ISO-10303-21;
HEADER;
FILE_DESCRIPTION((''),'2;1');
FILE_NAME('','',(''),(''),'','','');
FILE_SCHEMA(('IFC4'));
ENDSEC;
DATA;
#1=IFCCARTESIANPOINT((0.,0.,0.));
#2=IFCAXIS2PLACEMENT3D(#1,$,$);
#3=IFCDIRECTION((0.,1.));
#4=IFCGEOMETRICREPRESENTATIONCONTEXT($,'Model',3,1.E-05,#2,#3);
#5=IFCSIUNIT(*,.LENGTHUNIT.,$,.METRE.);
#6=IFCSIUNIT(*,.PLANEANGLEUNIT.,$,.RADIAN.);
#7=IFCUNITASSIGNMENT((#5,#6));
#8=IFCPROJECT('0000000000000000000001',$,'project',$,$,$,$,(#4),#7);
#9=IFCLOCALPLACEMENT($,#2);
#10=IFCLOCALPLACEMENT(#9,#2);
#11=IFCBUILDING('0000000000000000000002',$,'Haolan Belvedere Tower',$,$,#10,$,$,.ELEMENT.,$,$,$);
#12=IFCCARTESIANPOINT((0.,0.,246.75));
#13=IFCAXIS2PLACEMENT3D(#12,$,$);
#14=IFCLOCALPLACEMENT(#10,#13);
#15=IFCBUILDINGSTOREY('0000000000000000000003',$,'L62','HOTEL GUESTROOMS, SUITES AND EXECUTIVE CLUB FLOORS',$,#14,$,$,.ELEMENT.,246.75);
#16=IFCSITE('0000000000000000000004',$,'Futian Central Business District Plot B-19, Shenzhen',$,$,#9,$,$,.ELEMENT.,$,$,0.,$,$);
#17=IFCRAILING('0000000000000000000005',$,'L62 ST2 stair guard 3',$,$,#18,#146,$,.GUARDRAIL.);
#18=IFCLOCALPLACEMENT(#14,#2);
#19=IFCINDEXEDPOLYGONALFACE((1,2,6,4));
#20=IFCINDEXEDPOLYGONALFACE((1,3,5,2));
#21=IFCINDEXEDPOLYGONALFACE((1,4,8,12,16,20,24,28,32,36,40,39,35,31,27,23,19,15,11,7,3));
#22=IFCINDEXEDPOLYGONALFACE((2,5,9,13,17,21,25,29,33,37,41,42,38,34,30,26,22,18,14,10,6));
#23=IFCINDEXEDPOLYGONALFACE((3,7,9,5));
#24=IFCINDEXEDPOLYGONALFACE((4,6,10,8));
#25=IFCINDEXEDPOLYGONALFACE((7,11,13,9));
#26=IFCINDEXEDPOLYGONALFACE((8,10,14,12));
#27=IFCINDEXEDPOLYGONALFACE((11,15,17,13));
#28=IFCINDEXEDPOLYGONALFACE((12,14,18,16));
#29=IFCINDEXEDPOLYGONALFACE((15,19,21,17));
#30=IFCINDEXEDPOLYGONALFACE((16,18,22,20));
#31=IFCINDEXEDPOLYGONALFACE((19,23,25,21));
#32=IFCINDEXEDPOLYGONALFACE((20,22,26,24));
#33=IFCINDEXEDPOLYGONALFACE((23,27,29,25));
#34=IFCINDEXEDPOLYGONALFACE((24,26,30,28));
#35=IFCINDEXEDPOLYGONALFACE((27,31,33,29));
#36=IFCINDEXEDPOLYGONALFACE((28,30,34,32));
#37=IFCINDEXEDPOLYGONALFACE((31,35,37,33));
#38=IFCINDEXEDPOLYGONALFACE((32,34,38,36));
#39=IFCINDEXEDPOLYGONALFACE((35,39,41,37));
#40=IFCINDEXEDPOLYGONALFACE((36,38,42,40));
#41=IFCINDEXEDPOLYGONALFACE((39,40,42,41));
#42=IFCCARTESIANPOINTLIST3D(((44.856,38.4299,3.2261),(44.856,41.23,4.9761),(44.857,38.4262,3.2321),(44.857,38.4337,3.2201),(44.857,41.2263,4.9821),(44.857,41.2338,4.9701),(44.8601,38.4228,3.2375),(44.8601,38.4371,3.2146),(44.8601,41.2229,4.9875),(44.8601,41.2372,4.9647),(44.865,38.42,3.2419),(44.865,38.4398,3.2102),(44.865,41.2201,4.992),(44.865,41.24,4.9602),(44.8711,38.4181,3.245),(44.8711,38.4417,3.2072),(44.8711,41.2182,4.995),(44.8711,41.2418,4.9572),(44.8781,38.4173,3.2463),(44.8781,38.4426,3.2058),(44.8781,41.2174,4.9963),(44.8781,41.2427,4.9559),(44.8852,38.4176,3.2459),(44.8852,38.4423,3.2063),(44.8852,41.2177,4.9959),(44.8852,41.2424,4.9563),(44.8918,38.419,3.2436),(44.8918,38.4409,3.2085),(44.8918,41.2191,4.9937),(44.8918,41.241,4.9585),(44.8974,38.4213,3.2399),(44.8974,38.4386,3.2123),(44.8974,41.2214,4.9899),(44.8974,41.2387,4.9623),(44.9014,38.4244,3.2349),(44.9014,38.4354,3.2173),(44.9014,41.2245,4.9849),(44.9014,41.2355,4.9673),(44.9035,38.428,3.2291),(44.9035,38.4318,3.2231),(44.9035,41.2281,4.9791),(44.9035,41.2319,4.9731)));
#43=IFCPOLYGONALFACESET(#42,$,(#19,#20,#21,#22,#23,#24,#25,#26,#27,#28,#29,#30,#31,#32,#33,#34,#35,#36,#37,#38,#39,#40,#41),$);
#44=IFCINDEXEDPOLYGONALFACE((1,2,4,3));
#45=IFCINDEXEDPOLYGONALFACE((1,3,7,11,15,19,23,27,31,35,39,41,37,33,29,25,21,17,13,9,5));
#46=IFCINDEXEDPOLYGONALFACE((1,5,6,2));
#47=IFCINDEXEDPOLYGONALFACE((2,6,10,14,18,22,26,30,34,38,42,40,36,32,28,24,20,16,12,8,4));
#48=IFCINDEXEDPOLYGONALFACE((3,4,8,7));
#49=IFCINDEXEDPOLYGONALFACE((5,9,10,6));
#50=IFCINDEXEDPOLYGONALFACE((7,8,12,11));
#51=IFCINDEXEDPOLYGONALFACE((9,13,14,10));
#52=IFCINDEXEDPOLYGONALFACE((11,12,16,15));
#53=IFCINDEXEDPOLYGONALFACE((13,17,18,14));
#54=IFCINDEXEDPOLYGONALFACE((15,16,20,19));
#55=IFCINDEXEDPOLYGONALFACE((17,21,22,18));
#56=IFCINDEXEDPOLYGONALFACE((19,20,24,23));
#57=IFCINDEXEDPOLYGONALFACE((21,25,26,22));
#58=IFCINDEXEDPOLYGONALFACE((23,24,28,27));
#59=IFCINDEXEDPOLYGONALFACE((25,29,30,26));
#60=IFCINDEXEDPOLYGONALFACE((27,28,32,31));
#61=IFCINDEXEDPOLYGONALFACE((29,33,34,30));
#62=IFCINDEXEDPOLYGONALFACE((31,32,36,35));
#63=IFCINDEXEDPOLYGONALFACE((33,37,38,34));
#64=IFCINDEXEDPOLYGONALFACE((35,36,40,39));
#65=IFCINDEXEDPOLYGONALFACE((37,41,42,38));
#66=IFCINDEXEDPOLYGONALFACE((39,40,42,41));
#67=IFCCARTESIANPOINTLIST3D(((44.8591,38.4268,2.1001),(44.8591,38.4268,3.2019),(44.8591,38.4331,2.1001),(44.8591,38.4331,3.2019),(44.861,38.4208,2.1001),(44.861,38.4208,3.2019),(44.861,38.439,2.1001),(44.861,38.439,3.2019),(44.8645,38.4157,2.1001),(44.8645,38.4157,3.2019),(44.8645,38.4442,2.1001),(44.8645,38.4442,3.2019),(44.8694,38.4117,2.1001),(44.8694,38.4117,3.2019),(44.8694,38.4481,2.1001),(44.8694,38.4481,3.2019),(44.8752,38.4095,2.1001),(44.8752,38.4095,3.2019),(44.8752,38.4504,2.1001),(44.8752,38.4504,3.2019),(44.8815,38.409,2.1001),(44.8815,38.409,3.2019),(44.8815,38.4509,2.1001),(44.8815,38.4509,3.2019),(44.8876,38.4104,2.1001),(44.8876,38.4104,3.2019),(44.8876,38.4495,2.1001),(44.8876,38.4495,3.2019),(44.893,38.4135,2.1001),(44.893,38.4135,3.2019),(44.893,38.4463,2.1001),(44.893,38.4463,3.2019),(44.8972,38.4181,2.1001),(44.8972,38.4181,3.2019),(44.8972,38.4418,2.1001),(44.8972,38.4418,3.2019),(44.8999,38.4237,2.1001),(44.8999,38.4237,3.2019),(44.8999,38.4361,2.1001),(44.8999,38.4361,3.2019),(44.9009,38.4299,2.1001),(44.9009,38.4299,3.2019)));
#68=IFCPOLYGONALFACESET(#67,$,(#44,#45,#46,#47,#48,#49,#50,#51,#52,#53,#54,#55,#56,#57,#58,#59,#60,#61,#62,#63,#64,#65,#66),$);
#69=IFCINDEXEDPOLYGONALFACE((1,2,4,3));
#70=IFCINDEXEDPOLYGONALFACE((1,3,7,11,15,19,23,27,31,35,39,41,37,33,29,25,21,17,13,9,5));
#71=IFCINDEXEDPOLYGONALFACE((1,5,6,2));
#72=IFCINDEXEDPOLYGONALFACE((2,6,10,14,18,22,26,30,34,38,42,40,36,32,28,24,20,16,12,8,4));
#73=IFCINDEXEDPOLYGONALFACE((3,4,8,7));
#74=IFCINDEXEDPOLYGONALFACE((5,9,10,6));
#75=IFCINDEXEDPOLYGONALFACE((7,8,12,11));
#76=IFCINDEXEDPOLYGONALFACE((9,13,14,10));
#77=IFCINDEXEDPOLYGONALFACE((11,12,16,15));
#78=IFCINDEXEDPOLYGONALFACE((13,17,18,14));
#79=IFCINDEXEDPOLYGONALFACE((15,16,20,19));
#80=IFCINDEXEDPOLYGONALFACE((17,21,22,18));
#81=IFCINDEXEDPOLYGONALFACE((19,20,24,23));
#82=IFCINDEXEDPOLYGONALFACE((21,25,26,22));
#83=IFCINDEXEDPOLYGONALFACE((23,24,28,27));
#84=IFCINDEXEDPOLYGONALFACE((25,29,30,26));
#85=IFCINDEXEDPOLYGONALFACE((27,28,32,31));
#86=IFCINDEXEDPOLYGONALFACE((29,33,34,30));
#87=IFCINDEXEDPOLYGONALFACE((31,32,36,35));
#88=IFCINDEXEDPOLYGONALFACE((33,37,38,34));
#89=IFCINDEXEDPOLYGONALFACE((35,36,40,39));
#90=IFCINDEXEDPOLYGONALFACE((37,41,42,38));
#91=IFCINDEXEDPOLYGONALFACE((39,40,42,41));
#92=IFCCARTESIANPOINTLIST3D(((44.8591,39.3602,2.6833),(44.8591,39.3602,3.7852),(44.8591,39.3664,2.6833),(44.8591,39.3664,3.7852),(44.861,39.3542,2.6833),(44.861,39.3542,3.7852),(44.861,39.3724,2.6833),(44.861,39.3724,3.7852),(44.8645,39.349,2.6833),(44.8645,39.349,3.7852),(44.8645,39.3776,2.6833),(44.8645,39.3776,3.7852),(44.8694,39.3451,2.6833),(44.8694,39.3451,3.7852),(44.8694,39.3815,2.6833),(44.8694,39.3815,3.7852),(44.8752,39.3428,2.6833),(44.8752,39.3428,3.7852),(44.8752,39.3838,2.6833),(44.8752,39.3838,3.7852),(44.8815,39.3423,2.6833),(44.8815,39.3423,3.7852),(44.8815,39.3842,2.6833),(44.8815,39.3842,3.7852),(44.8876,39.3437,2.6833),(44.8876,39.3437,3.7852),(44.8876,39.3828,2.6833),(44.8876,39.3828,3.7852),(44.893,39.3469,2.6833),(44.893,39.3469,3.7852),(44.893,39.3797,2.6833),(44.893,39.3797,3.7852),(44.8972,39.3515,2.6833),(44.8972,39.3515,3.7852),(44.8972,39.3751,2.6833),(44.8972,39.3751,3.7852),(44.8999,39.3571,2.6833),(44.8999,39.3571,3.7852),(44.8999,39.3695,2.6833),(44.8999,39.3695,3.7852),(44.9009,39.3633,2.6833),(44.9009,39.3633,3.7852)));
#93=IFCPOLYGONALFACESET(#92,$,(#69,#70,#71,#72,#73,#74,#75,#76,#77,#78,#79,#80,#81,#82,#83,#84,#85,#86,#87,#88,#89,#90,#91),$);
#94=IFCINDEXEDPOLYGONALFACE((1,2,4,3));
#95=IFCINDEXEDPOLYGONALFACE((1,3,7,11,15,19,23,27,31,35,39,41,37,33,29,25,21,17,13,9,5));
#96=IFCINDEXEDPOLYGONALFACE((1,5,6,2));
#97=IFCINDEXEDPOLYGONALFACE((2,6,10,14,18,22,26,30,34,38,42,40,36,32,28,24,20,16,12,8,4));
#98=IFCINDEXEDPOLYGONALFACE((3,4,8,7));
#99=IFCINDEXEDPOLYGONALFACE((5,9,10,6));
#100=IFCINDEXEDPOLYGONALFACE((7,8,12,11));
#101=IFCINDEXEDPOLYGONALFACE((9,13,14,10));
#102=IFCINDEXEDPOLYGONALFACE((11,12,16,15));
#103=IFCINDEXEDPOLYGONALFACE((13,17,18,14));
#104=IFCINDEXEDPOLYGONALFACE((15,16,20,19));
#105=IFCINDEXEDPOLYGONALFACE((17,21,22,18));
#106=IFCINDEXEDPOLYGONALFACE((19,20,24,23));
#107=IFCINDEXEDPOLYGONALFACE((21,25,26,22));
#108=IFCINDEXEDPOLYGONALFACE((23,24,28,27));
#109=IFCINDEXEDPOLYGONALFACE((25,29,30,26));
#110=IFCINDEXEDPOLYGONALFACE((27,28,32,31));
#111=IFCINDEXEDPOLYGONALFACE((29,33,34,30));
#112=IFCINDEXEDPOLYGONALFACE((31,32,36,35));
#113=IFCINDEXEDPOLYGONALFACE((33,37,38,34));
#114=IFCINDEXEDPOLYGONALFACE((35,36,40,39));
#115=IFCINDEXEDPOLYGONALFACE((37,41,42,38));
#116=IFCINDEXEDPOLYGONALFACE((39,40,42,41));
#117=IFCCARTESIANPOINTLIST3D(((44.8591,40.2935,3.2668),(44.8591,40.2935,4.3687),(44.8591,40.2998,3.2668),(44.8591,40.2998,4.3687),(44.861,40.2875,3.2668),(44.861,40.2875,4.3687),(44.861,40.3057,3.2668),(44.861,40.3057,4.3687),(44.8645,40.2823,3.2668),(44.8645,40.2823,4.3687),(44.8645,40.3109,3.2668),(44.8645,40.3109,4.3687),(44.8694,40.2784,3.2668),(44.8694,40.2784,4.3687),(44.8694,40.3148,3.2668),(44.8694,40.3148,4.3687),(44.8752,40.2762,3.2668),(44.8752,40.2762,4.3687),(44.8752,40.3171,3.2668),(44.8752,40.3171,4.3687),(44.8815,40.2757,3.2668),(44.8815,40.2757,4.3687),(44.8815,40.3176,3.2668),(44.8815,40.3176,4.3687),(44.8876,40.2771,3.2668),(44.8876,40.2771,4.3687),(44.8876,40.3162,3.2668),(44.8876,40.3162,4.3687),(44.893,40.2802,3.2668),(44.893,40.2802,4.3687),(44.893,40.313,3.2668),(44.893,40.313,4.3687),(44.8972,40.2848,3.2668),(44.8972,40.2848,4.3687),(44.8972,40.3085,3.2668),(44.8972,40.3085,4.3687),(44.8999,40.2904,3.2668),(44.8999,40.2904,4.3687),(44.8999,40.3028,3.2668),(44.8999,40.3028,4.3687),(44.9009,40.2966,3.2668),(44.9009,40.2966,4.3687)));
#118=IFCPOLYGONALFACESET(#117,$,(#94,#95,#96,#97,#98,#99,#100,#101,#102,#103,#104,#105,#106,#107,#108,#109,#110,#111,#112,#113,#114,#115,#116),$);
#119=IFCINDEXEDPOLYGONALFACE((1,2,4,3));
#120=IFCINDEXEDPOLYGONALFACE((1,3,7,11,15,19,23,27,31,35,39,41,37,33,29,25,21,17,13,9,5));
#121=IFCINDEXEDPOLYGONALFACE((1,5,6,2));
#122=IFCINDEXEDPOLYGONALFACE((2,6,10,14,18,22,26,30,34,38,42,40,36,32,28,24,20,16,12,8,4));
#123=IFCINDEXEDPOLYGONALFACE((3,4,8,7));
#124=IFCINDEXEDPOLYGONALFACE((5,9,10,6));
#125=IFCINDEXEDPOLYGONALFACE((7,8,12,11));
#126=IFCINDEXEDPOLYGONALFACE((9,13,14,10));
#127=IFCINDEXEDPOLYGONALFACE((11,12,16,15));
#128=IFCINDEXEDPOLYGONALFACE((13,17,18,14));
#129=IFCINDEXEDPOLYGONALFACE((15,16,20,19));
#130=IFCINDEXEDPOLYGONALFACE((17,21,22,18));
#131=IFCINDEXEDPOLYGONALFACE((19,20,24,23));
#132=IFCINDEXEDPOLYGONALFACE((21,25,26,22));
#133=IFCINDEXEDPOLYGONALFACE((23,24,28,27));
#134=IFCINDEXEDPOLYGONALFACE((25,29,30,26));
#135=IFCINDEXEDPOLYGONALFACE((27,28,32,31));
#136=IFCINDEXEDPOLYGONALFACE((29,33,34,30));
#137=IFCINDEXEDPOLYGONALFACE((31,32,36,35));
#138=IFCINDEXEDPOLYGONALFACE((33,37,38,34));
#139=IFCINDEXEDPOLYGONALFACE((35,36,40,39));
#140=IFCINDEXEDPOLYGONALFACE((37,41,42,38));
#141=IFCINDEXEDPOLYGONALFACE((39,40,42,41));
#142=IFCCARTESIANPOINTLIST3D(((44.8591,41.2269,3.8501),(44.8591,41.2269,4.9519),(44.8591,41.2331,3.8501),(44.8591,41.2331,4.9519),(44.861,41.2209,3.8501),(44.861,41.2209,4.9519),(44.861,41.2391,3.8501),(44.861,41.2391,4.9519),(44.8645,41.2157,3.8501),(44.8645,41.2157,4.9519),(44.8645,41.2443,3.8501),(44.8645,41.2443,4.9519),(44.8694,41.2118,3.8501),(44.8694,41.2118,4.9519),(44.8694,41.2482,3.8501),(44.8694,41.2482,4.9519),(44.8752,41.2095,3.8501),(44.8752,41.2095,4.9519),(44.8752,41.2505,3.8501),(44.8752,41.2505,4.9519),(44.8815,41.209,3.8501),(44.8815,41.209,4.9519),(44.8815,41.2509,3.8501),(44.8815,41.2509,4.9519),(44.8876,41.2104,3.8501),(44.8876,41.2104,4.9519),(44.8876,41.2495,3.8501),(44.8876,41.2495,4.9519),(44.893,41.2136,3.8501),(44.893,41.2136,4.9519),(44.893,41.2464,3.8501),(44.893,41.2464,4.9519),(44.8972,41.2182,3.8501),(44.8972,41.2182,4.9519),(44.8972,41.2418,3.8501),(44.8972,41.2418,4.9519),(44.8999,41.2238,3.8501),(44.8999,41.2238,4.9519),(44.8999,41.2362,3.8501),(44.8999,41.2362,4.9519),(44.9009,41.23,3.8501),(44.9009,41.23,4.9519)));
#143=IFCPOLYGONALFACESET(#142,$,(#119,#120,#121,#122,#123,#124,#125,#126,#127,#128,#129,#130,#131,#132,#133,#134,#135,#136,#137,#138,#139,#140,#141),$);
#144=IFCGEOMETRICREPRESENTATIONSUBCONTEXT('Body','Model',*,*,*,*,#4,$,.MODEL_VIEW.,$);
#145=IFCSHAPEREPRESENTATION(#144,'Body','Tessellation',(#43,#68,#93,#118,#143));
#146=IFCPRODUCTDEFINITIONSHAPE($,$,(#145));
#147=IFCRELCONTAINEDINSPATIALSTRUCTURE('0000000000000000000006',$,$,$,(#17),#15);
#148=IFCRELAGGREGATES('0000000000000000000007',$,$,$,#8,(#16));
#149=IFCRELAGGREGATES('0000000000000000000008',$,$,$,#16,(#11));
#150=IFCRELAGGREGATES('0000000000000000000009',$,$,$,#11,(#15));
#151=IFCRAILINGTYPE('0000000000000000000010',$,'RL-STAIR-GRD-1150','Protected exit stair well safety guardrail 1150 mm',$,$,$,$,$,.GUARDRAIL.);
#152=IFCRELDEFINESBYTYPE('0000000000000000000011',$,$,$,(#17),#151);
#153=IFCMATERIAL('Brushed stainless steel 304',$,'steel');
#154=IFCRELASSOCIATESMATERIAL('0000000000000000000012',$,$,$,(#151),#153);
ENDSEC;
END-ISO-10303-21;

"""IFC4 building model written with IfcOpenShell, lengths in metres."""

from ifc_helpers import new_model, si_unit, direction, frame, origin, origin_2d, place, context, subcontext, project, spatial, circle, extrude, material, type_object, element, save


model = new_model("IFC4")

# Units and contexts
model_context = context("Model", 3, precision=1e-05, world=origin(), true_north=direction((0.0, 1.0)))
body_context = subcontext(model_context, "Body", "Model", "MODEL_VIEW")
ifc_project = project(units=[si_unit("LENGTHUNIT", "METRE"), si_unit("PLANEANGLEUNIT", "RADIAN")], contexts=[model_context])

# Site, building, storey
site_placement = place(None, origin())
site = spatial("IfcSite", under=ifc_project, at=site_placement, Name="Futian Central Business District Plot B-19, Shenzhen", CompositionType="ELEMENT", RefElevation=0.0)
building_placement = place(site_placement, origin())
building = spatial("IfcBuilding", under=site, at=building_placement, Name="Haolan Belvedere Tower", CompositionType="ELEMENT")
storey_placement = place(building_placement, frame((0.0, 0.0, 246.75)))
storey = spatial("IfcBuildingStorey", under=building, at=storey_placement, Name="L62", Description="HOTEL GUESTROOMS, SUITES AND EXECUTIVE CLUB FLOORS", CompositionType="ELEMENT", Elevation=246.75)

# Railing
ifc_material_1 = material(Name="Brushed stainless steel 304", Category="steel")
railing_type_1 = type_object("IfcRailingType", Name="RL-STAIR-GRD-1150", Description="Protected exit stair well safety guardrail 1150 mm", PredefinedType="GUARDRAIL", material=ifc_material_1)
railing_1_placement = place(storey_placement, frame((44.8799, 38.4299, 2.1001)))
element("IfcRailing", 1, at=railing_1_placement, inside=storey, type_object=railing_type_1, Name="L62 ST2 stair guard 3", PredefinedType="GUARDRAIL", context=body_context, shape_type="SweptSolid", body=[
    extrude(circle(Radius=0.0239, at=origin_2d()), frame((0.0, 0.0, 1.126), z_axis=(0.0, 0.848002, 0.529992), x_axis=(-1.0, 0.0, 0.0)), (0.0, 0.0, 1.0), 3.302),
    extrude(circle(Radius=0.021, at=origin_2d()), origin(), (0.0, 0.0, 1.0), 1.1018),
    extrude(circle(Radius=0.021, at=origin_2d()), frame((0.0, 0.9333, 0.5833)), (0.0, 0.0, 1.0), 1.1018),
    extrude(circle(Radius=0.021, at=origin_2d()), frame((0.0, 1.8667, 1.1667)), (0.0, 0.0, 1.0), 1.1018),
    extrude(circle(Radius=0.021, at=origin_2d()), frame((0.0, 2.8, 1.75)), (0.0, 0.0, 1.0), 1.1018),
])

save(model, "model.ifc")
